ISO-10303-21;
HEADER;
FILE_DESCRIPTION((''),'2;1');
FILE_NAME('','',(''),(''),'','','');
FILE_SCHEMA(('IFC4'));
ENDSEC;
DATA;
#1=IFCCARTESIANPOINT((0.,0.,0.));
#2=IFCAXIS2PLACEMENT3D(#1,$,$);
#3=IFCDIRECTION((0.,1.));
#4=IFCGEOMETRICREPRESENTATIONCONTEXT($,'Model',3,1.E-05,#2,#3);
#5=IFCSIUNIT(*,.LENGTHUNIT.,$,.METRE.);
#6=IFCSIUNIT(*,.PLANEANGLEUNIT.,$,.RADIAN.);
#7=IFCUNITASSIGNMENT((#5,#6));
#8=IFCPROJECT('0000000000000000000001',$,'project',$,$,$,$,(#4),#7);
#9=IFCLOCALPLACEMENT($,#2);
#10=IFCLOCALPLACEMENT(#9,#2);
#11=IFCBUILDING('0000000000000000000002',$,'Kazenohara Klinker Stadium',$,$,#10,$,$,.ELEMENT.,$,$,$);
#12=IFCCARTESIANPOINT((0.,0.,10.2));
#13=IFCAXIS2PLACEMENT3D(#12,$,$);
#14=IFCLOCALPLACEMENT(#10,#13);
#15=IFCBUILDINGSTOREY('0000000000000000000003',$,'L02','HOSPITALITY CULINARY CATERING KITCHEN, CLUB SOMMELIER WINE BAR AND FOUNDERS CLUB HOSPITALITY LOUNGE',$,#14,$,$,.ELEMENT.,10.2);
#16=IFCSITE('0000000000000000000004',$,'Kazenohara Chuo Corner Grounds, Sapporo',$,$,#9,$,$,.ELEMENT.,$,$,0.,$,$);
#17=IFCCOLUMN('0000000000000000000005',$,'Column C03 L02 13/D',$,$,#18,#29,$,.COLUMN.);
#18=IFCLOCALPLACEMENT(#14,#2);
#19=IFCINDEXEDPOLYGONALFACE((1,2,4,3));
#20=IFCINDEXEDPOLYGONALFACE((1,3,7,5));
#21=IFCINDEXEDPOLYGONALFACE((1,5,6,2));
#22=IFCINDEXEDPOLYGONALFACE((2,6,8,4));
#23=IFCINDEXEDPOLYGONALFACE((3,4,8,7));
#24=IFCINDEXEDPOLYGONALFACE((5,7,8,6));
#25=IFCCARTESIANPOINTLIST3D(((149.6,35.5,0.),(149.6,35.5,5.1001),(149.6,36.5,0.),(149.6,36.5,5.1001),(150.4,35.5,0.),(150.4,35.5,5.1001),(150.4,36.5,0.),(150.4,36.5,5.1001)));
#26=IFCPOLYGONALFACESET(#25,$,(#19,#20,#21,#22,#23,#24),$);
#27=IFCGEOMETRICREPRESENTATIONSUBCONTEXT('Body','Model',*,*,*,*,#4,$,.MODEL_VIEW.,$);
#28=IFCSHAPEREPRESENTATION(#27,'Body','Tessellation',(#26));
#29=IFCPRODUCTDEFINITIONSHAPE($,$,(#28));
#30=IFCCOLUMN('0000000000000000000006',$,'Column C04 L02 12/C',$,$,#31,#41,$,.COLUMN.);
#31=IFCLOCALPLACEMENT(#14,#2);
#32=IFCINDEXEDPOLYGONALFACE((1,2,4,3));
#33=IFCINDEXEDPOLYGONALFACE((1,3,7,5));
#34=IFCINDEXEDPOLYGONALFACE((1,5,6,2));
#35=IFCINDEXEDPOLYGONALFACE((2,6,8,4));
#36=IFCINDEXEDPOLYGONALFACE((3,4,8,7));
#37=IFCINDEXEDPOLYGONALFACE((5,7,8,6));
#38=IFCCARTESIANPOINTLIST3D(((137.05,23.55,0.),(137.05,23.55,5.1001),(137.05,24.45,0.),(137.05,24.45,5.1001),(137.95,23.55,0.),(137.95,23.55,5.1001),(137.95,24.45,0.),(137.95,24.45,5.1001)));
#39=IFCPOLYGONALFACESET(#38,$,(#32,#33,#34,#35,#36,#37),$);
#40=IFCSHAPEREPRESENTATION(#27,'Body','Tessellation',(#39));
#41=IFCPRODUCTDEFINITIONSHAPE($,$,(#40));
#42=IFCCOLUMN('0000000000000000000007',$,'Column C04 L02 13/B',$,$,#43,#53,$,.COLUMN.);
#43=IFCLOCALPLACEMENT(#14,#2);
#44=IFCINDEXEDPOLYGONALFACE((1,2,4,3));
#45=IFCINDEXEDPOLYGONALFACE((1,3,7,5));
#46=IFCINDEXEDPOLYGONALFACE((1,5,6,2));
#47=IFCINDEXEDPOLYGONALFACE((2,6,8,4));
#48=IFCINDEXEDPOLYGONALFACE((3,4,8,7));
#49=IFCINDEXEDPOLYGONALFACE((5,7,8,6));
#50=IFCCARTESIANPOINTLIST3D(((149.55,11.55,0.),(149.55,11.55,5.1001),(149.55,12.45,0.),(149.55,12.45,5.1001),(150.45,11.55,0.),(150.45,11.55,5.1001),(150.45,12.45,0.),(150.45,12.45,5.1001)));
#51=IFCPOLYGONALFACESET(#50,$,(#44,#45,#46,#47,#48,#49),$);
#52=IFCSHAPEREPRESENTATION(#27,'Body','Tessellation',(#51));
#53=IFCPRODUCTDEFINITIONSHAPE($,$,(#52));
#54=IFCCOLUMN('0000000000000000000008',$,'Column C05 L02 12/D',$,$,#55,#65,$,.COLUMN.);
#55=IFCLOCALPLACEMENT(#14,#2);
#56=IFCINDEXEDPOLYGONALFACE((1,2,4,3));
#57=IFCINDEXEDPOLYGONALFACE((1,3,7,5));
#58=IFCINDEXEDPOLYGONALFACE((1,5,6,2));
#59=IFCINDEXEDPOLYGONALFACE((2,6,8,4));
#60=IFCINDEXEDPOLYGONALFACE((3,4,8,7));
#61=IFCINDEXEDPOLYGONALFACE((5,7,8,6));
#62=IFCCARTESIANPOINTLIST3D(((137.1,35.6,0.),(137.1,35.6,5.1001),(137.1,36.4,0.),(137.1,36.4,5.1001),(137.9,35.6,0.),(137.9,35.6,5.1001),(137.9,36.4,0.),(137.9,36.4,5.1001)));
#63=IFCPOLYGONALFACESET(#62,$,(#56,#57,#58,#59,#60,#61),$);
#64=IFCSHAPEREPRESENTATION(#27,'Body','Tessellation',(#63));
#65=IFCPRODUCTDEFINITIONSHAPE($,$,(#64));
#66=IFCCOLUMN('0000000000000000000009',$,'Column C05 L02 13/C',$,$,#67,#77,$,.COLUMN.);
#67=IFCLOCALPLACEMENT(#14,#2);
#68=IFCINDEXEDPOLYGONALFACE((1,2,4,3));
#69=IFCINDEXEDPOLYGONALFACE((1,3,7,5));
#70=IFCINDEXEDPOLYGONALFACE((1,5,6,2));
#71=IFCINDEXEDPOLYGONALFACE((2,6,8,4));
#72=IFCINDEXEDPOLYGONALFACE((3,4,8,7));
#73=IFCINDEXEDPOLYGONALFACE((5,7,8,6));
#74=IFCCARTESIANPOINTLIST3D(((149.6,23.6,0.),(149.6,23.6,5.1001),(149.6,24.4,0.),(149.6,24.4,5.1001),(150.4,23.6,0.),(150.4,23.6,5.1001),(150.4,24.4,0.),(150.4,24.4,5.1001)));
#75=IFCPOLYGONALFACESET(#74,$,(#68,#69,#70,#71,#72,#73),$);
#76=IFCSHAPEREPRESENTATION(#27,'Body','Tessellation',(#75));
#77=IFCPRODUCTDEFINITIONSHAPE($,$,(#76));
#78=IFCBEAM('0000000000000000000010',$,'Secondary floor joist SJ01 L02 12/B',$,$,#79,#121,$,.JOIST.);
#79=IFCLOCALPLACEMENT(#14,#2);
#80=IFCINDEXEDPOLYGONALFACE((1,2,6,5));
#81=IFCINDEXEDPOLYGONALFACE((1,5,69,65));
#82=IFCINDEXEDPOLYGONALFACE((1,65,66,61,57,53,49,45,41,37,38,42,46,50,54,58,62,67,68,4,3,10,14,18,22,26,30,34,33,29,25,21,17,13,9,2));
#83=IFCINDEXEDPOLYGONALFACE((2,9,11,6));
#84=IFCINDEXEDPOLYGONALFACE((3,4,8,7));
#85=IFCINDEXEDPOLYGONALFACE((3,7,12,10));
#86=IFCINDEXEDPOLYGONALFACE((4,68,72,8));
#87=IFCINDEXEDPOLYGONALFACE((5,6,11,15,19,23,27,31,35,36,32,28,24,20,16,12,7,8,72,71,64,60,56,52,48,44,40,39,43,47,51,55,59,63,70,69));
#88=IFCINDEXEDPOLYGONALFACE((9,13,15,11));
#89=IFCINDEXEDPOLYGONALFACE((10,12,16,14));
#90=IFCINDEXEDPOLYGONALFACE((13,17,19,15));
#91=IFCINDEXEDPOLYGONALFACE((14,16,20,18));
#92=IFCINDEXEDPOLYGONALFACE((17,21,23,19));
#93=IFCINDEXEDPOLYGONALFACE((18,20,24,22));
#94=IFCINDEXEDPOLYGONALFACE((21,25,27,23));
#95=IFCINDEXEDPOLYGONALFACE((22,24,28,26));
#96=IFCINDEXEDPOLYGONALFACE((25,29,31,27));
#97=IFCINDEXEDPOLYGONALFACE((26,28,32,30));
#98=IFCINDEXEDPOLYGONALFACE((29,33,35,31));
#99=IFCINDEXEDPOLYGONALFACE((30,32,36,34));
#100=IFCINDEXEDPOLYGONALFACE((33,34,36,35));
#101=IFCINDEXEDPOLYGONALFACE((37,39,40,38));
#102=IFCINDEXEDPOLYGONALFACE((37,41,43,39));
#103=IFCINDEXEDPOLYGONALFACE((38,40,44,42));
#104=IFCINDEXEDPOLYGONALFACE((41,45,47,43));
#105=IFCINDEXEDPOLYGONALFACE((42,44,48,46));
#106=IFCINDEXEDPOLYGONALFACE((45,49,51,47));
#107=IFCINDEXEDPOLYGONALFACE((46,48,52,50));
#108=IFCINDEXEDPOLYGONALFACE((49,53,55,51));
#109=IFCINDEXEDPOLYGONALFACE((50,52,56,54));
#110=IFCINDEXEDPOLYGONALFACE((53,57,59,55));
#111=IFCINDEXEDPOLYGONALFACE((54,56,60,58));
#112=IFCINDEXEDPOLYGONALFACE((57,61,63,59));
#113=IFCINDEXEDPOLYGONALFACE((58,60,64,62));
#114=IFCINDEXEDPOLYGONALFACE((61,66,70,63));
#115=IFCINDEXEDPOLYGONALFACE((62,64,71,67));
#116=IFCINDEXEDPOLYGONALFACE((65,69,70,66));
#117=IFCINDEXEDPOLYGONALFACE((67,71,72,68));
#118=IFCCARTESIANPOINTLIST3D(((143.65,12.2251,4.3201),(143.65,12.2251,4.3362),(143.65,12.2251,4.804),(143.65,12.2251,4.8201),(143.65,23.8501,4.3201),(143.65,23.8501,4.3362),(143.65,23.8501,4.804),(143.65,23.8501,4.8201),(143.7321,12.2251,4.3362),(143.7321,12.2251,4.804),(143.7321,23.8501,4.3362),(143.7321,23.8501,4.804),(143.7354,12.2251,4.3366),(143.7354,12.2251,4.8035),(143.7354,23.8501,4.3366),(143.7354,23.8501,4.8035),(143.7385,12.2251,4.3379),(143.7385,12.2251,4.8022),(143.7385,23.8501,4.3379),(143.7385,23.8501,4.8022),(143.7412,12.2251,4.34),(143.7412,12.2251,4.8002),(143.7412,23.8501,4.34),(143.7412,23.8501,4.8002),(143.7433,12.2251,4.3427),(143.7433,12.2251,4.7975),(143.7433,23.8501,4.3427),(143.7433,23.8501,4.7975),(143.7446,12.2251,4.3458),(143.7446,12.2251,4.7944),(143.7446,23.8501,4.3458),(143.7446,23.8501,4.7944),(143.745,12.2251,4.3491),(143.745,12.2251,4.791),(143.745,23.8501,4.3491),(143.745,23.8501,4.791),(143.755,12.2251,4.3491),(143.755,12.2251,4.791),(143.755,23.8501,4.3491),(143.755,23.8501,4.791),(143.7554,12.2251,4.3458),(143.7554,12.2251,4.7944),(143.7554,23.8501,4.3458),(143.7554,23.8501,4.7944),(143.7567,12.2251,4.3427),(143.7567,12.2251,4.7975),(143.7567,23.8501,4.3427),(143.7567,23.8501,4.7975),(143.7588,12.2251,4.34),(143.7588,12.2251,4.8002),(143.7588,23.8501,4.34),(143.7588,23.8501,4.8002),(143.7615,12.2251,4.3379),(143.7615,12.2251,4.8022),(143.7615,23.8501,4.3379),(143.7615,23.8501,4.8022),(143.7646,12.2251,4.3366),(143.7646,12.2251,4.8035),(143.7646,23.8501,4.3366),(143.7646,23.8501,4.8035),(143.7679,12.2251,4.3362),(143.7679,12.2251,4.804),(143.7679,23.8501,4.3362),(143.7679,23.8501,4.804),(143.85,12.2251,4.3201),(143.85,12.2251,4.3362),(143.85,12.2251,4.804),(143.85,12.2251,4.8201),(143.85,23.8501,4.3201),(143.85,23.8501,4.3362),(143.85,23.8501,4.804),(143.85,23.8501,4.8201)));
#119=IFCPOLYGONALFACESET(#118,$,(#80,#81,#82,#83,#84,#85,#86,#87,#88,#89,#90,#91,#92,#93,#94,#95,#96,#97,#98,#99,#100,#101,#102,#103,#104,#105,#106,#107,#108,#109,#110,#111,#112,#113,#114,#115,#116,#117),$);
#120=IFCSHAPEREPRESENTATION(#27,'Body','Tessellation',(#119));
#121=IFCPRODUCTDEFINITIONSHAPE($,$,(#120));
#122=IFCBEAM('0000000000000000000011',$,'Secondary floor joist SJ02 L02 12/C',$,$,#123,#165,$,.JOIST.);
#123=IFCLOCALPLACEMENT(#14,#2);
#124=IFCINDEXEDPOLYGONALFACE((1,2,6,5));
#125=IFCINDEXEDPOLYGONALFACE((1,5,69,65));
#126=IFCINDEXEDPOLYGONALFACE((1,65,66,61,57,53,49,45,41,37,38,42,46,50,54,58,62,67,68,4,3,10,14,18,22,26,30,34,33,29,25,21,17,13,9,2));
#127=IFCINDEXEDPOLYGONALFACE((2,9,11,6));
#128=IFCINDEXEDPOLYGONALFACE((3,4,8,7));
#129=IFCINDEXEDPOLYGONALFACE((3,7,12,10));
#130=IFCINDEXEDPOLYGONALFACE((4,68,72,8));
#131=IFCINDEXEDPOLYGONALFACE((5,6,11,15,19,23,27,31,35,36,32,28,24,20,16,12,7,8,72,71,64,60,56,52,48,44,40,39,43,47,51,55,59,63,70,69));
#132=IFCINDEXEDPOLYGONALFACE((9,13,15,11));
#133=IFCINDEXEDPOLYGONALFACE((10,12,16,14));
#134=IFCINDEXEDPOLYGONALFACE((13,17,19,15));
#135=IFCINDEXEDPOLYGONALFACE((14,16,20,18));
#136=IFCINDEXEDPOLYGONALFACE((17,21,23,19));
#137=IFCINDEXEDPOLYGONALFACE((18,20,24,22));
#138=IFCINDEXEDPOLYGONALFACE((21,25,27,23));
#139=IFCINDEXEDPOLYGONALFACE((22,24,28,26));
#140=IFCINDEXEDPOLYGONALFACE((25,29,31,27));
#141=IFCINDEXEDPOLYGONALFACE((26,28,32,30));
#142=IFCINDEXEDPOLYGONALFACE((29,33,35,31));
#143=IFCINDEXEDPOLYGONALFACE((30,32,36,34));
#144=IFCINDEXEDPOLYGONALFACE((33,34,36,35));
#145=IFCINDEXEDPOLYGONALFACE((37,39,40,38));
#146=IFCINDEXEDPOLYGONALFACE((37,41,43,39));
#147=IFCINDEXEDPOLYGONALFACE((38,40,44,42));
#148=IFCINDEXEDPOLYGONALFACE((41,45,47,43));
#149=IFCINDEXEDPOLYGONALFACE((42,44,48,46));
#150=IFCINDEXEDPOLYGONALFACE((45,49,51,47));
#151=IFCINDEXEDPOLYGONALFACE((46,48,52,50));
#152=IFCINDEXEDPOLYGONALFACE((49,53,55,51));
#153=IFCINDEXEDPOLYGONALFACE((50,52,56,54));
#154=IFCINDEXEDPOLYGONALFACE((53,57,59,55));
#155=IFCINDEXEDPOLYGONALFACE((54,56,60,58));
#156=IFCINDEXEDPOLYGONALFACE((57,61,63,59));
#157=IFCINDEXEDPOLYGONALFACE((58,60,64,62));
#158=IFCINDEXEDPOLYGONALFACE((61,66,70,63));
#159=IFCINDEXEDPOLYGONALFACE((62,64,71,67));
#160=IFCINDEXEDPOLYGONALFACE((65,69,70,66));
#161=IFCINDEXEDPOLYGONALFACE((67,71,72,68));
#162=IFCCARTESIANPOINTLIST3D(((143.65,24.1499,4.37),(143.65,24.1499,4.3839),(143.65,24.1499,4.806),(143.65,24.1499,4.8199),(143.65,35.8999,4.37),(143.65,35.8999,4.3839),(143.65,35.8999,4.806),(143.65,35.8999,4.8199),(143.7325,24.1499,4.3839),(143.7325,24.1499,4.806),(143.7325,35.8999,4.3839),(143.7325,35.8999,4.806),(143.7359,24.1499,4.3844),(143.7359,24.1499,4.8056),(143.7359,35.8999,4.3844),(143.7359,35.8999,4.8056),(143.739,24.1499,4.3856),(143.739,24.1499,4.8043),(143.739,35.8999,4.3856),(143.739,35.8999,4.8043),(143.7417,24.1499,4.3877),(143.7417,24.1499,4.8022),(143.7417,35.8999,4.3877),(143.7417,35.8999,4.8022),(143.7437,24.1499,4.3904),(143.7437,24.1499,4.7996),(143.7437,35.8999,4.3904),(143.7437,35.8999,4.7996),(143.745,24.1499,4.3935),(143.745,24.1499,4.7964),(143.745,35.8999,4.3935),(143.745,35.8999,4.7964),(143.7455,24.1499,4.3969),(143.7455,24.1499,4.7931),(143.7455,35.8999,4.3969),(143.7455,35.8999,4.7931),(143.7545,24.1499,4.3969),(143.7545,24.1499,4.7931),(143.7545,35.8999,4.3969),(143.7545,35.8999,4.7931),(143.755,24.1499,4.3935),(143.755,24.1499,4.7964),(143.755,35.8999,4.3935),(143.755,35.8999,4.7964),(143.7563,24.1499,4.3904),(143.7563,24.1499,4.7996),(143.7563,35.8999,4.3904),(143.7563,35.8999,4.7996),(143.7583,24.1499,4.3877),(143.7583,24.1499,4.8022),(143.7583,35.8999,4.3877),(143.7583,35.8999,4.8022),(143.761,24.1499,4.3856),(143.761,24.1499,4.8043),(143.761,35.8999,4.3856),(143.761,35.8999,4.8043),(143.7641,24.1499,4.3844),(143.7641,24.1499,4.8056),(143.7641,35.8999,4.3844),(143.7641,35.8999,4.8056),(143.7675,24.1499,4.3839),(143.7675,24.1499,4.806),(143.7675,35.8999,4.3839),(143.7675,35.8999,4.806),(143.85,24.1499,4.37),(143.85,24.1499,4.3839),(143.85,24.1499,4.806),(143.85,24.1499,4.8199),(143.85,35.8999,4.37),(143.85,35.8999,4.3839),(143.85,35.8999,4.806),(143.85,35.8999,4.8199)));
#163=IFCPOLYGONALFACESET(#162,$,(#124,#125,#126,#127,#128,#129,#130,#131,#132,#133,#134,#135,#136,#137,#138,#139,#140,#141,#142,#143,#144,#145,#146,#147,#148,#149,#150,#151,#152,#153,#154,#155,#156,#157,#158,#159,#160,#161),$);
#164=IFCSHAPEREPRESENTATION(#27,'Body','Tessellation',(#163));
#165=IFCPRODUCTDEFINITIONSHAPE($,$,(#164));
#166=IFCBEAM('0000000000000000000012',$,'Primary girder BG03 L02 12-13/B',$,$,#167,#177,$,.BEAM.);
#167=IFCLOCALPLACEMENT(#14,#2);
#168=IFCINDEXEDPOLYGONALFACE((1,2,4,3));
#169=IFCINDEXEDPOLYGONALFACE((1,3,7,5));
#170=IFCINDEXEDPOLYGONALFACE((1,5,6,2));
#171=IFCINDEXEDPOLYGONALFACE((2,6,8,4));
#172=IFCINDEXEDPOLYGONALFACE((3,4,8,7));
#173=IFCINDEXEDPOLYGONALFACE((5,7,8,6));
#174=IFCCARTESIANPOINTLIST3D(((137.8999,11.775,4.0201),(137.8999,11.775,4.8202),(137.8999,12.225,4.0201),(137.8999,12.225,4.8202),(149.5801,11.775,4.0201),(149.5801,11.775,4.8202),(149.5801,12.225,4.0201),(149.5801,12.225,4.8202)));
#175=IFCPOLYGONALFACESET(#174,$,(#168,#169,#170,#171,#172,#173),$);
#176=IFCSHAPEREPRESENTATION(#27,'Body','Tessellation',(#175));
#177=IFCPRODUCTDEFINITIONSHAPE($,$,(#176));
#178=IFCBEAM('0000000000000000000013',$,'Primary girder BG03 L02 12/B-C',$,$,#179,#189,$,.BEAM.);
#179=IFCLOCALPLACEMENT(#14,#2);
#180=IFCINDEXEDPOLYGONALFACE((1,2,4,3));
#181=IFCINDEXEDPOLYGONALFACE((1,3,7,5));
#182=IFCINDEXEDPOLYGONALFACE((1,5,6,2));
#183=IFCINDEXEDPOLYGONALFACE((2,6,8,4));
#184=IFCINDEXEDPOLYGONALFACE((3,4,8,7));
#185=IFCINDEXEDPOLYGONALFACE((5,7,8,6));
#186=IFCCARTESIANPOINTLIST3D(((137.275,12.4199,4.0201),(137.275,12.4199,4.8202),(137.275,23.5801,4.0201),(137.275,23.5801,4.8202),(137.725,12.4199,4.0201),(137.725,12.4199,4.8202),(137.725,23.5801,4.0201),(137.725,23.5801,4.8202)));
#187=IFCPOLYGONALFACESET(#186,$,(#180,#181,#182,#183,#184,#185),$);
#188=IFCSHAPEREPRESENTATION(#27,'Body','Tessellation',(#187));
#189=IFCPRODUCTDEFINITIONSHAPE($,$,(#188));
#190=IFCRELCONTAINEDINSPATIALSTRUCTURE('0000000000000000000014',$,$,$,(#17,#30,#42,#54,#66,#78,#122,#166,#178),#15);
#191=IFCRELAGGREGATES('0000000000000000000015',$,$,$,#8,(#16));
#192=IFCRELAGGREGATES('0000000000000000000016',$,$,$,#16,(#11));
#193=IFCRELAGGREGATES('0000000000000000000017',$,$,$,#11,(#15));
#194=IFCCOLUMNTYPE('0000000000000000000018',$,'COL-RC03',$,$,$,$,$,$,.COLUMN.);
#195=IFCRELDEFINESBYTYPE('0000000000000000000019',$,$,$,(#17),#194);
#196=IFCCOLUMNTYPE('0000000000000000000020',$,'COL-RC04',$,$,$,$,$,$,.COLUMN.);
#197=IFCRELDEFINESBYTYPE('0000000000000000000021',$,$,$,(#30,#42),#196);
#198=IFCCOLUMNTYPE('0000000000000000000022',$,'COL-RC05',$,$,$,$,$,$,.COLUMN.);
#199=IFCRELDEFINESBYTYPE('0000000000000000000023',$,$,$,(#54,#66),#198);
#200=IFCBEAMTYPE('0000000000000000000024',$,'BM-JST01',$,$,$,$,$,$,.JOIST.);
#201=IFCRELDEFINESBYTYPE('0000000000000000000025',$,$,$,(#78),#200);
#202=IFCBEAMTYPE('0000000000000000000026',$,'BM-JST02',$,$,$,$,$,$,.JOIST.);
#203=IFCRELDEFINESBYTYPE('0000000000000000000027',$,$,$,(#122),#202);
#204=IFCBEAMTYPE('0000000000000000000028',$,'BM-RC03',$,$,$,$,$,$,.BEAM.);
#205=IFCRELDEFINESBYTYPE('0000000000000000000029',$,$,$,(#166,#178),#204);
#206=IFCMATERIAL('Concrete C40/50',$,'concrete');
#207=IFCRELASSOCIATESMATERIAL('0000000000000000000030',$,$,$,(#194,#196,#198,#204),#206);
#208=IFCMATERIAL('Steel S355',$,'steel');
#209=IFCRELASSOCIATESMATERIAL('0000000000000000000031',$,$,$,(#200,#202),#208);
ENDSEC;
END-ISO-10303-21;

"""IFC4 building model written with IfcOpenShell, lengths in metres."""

from ifc_helpers import new_model, si_unit, direction, frame, origin, origin_2d, place, context, subcontext, project, spatial, rectangle, i_section, extrude, material, material_profile, profile_set, type_object, element, save


model = new_model("IFC4")

# Units and contexts
model_context = context("Model", 3, precision=1e-05, world=origin(), true_north=direction((0.0, 1.0)))
body_context = subcontext(model_context, "Body", "Model", "MODEL_VIEW")
ifc_project = project(units=[si_unit("LENGTHUNIT", "METRE"), si_unit("PLANEANGLEUNIT", "RADIAN")], contexts=[model_context])

# Site, building, storey
site_placement = place(None, origin())
site = spatial("IfcSite", under=ifc_project, at=site_placement, Name="Kazenohara Chuo Corner Grounds, Sapporo", CompositionType="ELEMENT", RefElevation=0.0)
building_placement = place(site_placement, origin())
building = spatial("IfcBuilding", under=site, at=building_placement, Name="Kazenohara Klinker Stadium", CompositionType="ELEMENT")
storey_placement = place(building_placement, frame((0.0, 0.0, 10.2)))
storey = spatial("IfcBuildingStorey", under=building, at=storey_placement, Name="L02", Description="HOSPITALITY CULINARY CATERING KITCHEN, CLUB SOMMELIER WINE BAR AND FOUNDERS CLUB HOSPITALITY LOUNGE", CompositionType="ELEMENT", Elevation=10.2)

# Columns
ifc_material_1 = material(Name="Concrete C40/50", Category="concrete")
ifc_material_profile_1 = material_profile(ifc_material_1, rectangle(XDim=0.8, YDim=1.0, at=origin_2d()), Name="RC-COL-1000x800")
ifc_profile_set_1 = profile_set([ifc_material_profile_1], Name="Concrete C40/50")
column_type_1 = type_object("IfcColumnType", Name="COL-RC03", PredefinedType="COLUMN", material=ifc_profile_set_1)
column_placement = place(storey_placement, frame((150.0, 36.0, 0.0), z_axis=(0.0, 0.0, 1.0), x_axis=(1.0, 0.0, 0.0)))
element("IfcColumn", 1, at=column_placement, inside=storey, type_object=column_type_1, Name="Column C03 L02 13/D", PredefinedType="COLUMN", context=body_context, shape_type="SweptSolid", body=[
    extrude(rectangle(XDim=0.8, YDim=1.0, at=origin_2d()), origin(), (0.0, 0.0, 1.0), 5.1001),
])
ifc_material_profile_2 = material_profile(ifc_material_1, rectangle(XDim=0.8999, YDim=0.8999, at=origin_2d()), Name="RC-COL-900x900")
ifc_profile_set_2 = profile_set([ifc_material_profile_2], Name="Concrete C40/50")
column_type_2 = type_object("IfcColumnType", Name="COL-RC04", PredefinedType="COLUMN", material=ifc_profile_set_2)
for number, where, z_axis, x_axis, name in (
    (2, (137.5, 24.0, 0.0), (0.0, 0.0, 1.0), (1.0, 0.0, 0.0), "Column C04 L02 12/C"),
    (3, (150.0, 12.0, 0.0), (0.0, 0.0, 1.0), (1.0, 0.0, 0.0), "Column C04 L02 13/B"),
):
    element("IfcColumn", number, at=place(storey_placement, frame(where, z_axis=z_axis, x_axis=x_axis)), inside=storey, type_object=column_type_2, Name=name, PredefinedType="COLUMN", context=body_context, shape_type="SweptSolid", body=[
        extrude(rectangle(XDim=0.8999, YDim=0.8999, at=origin_2d()), origin(), (0.0, 0.0, 1.0), 5.1001),
    ])
ifc_material_profile_3 = material_profile(ifc_material_1, rectangle(XDim=0.8, YDim=0.8, at=origin_2d()), Name="RC-COL-800x800")
ifc_profile_set_3 = profile_set([ifc_material_profile_3], Name="Concrete C40/50")
column_type_3 = type_object("IfcColumnType", Name="COL-RC05", PredefinedType="COLUMN", material=ifc_profile_set_3)
for number, where, z_axis, x_axis, name in (
    (4, (137.5, 36.0, 0.0), (0.0, 0.0, 1.0), (1.0, 0.0, 0.0), "Column C05 L02 12/D"),
    (5, (150.0, 24.0, 0.0), (0.0, 0.0, 1.0), (1.0, 0.0, 0.0), "Column C05 L02 13/C"),
):
    element("IfcColumn", number, at=place(storey_placement, frame(where, z_axis=z_axis, x_axis=x_axis)), inside=storey, type_object=column_type_3, Name=name, PredefinedType="COLUMN", context=body_context, shape_type="SweptSolid", body=[
        extrude(rectangle(XDim=0.8, YDim=0.8, at=origin_2d()), origin(), (0.0, 0.0, 1.0), 5.1001),
    ])

# Beams
ifc_material_2 = material(Name="Steel S355", Category="steel")
ifc_material_profile_4 = material_profile(ifc_material_2, i_section(OverallWidth=0.2, OverallDepth=0.5, WebThickness=0.01, FlangeThickness=0.0161, FilletRadius=0.0129, at=origin_2d()), Name="H-500x200x10x16")
ifc_profile_set_4 = profile_set([ifc_material_profile_4], Name="Steel S355")
beam_type_1 = type_object("IfcBeamType", Name="BM-JST01", PredefinedType="JOIST", material=ifc_profile_set_4)
beam_1_placement = place(storey_placement, frame((143.75, 12.2251, 4.5701), z_axis=(0.0, 1.0, 0.0), x_axis=(-1.0, 0.0, 0.0)))
element("IfcBeam", 6, at=beam_1_placement, inside=storey, type_object=beam_type_1, Name="Secondary floor joist SJ01 L02 12/B", PredefinedType="JOIST", context=body_context, shape_type="SweptSolid", body=[
    extrude(i_section(OverallWidth=0.2, OverallDepth=0.5, WebThickness=0.01, FlangeThickness=0.0161, FilletRadius=0.0129, at=origin_2d()), origin(), (0.0, 0.0, 1.0), 11.625),
])
ifc_material_profile_5 = material_profile(ifc_material_2, i_section(OverallWidth=0.2, OverallDepth=0.45, WebThickness=0.009, FlangeThickness=0.0139, FilletRadius=0.0129, at=origin_2d()), Name="H-450x200x9x14")
ifc_profile_set_5 = profile_set([ifc_material_profile_5], Name="Steel S355")
beam_type_2 = type_object("IfcBeamType", Name="BM-JST02", PredefinedType="JOIST", material=ifc_profile_set_5)
beam_2_placement = place(storey_placement, frame((143.75, 24.1499, 4.595), z_axis=(0.0, 1.0, 0.0), x_axis=(-1.0, 0.0, 0.0)))
element("IfcBeam", 7, at=beam_2_placement, inside=storey, type_object=beam_type_2, Name="Secondary floor joist SJ02 L02 12/C", PredefinedType="JOIST", context=body_context, shape_type="SweptSolid", body=[
    extrude(i_section(OverallWidth=0.2, OverallDepth=0.45, WebThickness=0.009, FlangeThickness=0.0139, FilletRadius=0.0129, at=origin_2d()), origin(), (0.0, 0.0, 1.0), 11.75),
])
ifc_material_profile_6 = material_profile(ifc_material_1, rectangle(XDim=0.45, YDim=0.8, at=origin_2d()), Name="RC-BM-450x800")
ifc_profile_set_6 = profile_set([ifc_material_profile_6], Name="Concrete C40/50")
beam_type_3 = type_object("IfcBeamType", Name="BM-RC03", PredefinedType="BEAM", material=ifc_profile_set_6)
beam_3_placement = place(storey_placement, frame((137.8999, 12.0, 4.4202), z_axis=(1.0, 0.0, 0.0), x_axis=(0.0, 1.0, 0.0)))
element("IfcBeam", 8, at=beam_3_placement, inside=storey, type_object=beam_type_3, Name="Primary girder BG03 L02 12-13/B", PredefinedType="BEAM", context=body_context, shape_type="SweptSolid", body=[
    extrude(rectangle(XDim=0.45, YDim=0.8, at=origin_2d()), origin(), (0.0, 0.0, 1.0), 11.6802),
])
beam_4_placement = place(storey_placement, frame((137.5, 12.4199, 4.4202), z_axis=(0.0, 1.0, 0.0), x_axis=(-1.0, 0.0, 0.0)))
element("IfcBeam", 9, at=beam_4_placement, inside=storey, type_object=beam_type_3, Name="Primary girder BG03 L02 12/B-C", PredefinedType="BEAM", context=body_context, shape_type="SweptSolid", body=[
    extrude(rectangle(XDim=0.45, YDim=0.8, at=origin_2d()), origin(), (0.0, 0.0, 1.0), 11.1602),
])

save(model, "model.ifc")
